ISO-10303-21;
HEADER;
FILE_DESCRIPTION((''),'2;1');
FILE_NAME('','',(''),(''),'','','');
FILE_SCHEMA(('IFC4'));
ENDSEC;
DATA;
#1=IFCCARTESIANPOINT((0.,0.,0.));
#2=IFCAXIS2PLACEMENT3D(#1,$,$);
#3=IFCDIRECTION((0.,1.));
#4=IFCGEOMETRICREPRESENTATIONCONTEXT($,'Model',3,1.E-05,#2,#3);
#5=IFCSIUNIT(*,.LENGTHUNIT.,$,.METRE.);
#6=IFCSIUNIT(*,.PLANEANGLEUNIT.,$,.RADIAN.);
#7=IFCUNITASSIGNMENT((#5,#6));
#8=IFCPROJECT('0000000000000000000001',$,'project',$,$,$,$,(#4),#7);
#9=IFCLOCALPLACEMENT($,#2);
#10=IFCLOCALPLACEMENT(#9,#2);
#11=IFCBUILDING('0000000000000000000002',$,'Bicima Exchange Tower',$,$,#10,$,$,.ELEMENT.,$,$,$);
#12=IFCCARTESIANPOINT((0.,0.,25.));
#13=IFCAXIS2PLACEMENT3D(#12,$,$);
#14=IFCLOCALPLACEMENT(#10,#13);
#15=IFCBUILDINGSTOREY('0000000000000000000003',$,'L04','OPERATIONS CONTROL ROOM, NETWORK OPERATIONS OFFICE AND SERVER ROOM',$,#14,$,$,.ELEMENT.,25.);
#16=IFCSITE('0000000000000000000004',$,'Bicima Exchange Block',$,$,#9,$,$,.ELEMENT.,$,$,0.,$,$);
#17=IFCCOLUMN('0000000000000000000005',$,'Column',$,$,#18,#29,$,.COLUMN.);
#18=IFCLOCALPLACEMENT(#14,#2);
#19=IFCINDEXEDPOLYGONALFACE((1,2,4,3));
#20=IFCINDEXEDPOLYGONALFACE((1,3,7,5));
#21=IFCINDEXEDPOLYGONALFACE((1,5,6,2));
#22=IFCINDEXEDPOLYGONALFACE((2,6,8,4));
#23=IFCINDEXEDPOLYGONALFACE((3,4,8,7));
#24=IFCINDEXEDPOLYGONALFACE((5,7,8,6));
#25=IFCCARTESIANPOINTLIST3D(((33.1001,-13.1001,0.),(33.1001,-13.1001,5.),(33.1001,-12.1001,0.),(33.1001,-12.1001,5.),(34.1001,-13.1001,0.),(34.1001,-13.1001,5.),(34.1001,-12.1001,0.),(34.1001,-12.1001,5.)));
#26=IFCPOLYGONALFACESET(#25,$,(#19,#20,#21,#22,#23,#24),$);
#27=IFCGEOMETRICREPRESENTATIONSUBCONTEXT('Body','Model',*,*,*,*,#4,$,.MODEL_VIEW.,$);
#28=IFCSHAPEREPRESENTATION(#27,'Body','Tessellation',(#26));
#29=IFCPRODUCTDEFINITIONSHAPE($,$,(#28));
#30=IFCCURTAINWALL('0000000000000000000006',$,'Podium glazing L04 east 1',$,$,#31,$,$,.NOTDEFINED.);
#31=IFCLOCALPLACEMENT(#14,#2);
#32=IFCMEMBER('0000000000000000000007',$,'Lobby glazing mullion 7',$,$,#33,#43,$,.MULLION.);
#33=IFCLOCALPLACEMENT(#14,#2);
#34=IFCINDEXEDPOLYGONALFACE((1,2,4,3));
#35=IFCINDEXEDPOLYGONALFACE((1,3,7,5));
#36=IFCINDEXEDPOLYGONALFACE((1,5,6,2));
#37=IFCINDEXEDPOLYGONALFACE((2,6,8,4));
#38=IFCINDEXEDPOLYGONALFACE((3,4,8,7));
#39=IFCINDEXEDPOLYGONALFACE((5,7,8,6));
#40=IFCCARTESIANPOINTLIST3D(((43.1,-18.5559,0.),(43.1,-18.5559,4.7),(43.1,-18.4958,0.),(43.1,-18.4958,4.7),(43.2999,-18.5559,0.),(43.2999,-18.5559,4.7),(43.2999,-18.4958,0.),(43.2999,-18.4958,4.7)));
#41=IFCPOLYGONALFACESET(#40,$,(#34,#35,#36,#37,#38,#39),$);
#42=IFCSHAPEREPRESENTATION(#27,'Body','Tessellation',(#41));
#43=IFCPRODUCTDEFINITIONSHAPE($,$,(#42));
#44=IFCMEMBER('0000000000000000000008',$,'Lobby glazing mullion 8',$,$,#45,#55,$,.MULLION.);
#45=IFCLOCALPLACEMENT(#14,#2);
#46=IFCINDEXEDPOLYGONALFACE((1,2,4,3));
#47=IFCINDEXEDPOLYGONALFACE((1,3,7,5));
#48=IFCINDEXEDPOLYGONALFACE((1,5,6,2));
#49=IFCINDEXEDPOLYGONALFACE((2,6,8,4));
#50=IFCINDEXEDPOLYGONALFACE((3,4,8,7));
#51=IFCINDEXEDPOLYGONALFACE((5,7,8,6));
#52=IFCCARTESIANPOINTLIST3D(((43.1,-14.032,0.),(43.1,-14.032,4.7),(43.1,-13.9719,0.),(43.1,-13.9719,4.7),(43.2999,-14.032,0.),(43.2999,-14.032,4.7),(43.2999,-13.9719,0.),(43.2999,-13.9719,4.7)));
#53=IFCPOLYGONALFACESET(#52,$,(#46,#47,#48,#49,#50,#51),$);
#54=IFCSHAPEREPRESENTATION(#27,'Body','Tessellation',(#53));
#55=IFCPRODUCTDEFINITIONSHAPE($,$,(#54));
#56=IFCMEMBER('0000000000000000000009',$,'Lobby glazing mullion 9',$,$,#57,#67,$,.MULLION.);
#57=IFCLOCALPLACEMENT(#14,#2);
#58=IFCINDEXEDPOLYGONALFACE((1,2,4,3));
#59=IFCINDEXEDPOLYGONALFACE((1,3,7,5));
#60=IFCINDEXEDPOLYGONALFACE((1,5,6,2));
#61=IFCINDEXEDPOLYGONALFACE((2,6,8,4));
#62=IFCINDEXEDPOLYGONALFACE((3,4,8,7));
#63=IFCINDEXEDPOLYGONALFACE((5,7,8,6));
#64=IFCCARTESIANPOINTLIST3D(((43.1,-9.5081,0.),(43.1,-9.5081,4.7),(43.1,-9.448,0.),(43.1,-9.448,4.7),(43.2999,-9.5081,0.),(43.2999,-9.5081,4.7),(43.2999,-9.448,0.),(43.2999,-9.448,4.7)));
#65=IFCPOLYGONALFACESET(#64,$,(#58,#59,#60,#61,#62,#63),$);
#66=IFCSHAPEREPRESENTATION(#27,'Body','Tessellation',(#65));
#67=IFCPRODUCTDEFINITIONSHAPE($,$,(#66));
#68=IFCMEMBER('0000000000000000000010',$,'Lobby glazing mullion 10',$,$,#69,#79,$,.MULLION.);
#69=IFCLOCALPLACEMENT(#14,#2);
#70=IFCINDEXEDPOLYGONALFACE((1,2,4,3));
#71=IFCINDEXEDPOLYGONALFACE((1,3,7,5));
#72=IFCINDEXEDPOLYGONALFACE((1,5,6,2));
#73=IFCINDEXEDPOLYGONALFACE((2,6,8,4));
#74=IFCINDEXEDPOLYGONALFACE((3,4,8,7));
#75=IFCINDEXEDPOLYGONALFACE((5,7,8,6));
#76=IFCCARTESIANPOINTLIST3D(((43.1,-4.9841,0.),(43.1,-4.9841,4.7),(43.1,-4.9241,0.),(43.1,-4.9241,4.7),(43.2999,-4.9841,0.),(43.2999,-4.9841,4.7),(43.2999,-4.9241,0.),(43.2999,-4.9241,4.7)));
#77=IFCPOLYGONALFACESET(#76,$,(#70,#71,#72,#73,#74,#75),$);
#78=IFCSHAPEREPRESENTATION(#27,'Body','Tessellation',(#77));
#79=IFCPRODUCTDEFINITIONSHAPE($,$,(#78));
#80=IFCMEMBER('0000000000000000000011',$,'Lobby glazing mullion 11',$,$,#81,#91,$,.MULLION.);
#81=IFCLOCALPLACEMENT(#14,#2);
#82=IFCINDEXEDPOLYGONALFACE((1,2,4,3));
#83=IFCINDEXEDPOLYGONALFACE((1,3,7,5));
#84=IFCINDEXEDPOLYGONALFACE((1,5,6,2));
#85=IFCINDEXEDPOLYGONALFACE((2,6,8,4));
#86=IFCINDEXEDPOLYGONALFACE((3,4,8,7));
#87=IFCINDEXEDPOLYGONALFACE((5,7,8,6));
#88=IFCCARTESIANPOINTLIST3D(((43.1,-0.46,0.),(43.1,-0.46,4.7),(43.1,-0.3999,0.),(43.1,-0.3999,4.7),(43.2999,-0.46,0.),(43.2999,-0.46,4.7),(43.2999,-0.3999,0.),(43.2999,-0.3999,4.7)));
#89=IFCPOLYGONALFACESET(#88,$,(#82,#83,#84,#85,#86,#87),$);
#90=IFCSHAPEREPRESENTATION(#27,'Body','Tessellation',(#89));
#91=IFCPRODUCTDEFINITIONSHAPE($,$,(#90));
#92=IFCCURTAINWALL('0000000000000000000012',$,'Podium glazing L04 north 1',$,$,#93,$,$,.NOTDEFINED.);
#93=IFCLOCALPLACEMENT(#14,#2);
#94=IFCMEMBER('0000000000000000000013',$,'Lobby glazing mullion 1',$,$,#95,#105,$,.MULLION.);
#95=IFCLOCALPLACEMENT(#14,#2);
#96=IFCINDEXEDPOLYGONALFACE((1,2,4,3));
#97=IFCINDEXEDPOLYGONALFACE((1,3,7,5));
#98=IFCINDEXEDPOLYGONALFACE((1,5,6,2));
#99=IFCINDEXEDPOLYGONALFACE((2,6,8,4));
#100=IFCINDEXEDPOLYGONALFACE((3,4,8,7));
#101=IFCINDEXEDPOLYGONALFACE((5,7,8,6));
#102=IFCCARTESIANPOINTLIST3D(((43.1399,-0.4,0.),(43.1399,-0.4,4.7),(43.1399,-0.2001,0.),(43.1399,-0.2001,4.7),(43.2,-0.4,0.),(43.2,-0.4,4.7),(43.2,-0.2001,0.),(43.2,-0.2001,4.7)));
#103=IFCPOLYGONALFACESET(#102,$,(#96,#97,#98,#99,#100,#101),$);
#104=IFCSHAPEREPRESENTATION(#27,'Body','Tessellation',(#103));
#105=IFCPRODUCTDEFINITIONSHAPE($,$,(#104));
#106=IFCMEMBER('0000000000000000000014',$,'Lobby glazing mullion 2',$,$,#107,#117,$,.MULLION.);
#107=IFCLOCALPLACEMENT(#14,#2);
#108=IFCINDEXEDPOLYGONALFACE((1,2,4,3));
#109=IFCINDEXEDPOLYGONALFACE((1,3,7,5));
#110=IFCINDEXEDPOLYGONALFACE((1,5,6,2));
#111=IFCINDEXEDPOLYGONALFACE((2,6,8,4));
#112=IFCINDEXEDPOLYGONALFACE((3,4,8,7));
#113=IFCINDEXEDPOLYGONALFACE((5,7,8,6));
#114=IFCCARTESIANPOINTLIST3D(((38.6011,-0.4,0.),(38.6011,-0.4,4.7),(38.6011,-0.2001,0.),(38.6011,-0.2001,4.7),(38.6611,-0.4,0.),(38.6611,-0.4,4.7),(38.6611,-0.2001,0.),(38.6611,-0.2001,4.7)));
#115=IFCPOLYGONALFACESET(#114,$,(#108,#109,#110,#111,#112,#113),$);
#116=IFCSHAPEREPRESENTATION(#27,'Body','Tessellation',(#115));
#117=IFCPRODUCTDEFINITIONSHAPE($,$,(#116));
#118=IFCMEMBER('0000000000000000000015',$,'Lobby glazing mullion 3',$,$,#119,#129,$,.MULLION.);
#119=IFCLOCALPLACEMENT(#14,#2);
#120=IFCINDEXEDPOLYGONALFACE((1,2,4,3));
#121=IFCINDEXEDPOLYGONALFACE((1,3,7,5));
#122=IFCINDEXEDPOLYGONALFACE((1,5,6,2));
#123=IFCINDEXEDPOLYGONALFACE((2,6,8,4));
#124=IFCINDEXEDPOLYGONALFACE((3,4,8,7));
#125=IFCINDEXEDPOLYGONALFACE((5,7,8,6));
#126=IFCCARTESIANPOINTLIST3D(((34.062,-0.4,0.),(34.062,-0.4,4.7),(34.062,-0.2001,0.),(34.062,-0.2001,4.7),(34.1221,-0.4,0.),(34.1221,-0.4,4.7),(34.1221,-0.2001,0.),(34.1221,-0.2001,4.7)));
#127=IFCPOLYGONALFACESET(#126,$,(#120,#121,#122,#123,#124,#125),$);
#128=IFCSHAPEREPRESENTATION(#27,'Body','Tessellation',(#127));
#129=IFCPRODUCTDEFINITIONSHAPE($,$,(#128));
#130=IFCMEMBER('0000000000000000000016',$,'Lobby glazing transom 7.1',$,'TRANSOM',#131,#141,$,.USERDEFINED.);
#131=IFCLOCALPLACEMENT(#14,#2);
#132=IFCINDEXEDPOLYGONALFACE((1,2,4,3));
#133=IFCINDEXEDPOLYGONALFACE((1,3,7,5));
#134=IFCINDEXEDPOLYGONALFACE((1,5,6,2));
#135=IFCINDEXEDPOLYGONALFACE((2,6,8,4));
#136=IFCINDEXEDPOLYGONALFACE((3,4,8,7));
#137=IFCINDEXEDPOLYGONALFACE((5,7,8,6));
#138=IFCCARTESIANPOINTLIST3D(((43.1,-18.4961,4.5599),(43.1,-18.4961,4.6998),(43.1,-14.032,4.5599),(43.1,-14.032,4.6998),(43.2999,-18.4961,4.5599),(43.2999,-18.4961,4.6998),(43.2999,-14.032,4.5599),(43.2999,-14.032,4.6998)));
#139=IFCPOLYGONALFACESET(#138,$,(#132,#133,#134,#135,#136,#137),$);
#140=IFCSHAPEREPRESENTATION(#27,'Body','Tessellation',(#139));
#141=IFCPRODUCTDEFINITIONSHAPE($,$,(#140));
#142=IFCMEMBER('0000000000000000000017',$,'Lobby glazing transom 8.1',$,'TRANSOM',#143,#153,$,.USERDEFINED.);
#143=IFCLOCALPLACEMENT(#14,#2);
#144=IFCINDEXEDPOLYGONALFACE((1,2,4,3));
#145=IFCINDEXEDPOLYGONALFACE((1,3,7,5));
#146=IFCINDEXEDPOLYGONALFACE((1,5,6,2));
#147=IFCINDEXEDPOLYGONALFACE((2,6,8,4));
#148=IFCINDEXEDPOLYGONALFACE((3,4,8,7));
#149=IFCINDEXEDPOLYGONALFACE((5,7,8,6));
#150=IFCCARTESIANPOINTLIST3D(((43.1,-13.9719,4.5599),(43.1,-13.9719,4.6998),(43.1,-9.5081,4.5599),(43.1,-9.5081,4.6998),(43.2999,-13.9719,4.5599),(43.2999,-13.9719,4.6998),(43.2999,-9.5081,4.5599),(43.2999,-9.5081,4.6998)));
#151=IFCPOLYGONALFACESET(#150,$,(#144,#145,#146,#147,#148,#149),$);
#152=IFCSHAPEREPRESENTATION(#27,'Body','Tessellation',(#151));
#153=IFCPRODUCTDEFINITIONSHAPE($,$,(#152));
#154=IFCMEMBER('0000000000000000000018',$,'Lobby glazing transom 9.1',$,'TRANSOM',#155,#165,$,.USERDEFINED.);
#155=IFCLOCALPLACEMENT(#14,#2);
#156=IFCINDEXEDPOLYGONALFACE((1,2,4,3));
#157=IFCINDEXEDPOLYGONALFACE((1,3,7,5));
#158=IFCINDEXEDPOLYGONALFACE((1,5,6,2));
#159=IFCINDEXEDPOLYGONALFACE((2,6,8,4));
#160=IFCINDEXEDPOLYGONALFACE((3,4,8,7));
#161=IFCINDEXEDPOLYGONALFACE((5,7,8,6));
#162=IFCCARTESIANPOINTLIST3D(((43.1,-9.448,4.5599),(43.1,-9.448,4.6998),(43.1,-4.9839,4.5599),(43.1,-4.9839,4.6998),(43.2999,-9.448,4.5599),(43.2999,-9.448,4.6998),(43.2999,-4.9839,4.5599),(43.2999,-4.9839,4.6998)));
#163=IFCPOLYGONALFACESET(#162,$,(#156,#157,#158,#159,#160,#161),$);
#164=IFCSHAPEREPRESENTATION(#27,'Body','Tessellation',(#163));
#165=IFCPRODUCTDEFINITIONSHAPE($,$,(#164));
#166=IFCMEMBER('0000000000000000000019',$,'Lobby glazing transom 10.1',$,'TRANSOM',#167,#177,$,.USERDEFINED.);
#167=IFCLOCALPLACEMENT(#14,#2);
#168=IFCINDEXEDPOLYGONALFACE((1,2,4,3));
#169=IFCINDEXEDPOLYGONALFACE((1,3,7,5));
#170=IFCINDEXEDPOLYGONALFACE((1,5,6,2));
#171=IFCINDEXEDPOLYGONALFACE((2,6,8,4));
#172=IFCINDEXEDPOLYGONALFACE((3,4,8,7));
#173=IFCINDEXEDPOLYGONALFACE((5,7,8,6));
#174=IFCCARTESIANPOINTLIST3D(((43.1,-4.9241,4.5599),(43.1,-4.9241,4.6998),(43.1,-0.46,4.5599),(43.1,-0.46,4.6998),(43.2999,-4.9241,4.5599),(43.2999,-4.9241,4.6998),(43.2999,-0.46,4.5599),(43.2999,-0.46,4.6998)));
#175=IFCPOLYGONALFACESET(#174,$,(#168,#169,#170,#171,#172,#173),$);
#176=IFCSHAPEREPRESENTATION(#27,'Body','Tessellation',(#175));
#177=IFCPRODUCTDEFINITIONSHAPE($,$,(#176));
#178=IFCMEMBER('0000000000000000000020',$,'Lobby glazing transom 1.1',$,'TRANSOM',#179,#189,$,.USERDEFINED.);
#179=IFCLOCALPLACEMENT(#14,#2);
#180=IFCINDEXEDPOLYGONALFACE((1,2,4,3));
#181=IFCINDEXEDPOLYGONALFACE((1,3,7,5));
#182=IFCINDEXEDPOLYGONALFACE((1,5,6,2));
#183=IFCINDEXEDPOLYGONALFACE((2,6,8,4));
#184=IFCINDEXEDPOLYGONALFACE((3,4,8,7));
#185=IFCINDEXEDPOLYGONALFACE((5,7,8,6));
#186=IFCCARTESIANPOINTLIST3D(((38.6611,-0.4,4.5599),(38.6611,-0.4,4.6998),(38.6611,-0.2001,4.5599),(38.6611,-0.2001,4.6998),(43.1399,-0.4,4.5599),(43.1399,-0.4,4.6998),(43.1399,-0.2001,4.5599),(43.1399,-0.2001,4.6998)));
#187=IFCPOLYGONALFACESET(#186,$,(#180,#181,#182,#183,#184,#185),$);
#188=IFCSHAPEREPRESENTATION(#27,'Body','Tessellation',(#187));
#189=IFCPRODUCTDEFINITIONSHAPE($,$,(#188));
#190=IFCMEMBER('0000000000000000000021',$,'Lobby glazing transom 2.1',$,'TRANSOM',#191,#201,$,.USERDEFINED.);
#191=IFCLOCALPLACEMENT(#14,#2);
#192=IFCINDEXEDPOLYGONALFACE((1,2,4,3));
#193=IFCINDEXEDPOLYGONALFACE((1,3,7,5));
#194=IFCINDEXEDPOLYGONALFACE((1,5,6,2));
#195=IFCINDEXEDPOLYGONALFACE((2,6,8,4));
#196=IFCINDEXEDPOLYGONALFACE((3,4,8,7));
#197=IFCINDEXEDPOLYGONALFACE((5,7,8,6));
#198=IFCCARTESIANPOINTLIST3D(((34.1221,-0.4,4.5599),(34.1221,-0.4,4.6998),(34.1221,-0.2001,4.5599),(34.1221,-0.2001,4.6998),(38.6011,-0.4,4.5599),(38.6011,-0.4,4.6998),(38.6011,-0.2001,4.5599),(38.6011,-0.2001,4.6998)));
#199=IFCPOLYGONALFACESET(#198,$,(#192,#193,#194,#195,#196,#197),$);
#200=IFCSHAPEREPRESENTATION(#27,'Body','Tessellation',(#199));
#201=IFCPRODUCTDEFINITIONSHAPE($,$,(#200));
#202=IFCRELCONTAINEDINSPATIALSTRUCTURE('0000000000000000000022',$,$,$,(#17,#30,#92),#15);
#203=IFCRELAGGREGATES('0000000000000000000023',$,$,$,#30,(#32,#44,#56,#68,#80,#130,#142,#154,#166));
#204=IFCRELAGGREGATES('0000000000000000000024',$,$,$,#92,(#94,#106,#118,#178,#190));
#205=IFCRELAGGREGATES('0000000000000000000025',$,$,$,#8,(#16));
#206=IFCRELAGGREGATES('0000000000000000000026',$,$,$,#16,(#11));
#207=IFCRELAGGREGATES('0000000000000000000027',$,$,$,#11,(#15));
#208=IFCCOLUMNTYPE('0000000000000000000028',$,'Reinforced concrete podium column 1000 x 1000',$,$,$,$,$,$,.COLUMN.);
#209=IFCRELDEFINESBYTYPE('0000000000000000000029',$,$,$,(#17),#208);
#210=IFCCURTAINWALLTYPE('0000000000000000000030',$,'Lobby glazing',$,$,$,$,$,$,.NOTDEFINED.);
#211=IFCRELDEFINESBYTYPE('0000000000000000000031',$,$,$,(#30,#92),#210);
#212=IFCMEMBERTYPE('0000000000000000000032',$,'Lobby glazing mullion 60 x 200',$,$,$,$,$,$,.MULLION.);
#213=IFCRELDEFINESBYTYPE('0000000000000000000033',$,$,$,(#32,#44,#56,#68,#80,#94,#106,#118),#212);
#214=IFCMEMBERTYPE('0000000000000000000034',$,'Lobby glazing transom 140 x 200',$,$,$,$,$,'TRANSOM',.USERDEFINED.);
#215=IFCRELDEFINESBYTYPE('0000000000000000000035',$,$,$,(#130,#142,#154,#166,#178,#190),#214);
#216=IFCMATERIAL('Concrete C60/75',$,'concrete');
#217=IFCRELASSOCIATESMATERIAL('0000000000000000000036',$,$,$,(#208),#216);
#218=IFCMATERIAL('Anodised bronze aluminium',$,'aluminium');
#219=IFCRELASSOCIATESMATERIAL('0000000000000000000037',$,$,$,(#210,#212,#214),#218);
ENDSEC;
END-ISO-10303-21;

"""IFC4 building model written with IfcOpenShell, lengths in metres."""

from ifc_helpers import new_model, si_unit, direction, frame, origin, origin_2d, place, context, subcontext, project, spatial, rectangle, extrude, material, material_profile, profile_set, type_object, element, aggregate, save


model = new_model("IFC4")

# Units and contexts
model_context = context("Model", 3, precision=1e-05, world=origin(), true_north=direction((0.0, 1.0)))
body_context = subcontext(model_context, "Body", "Model", "MODEL_VIEW")
ifc_project = project(units=[si_unit("LENGTHUNIT", "METRE"), si_unit("PLANEANGLEUNIT", "RADIAN")], contexts=[model_context])

# Site, building, storey
site_placement = place(None, origin())
site = spatial("IfcSite", under=ifc_project, at=site_placement, Name="Bicima Exchange Block", CompositionType="ELEMENT", RefElevation=0.0)
building_placement = place(site_placement, origin())
building = spatial("IfcBuilding", under=site, at=building_placement, Name="Bicima Exchange Tower", CompositionType="ELEMENT")
storey_placement = place(building_placement, frame((0.0, 0.0, 25.0)))
storey = spatial("IfcBuildingStorey", under=building, at=storey_placement, Name="L04", Description="OPERATIONS CONTROL ROOM, NETWORK OPERATIONS OFFICE AND SERVER ROOM", CompositionType="ELEMENT", Elevation=25.0)

# Column
ifc_material_1 = material(Name="Concrete C60/75", Category="concrete")
ifc_material_profile_1 = material_profile(ifc_material_1, rectangle(XDim=1.0, YDim=1.0, at=origin_2d()))
ifc_profile_set_1 = profile_set([ifc_material_profile_1], Name="Concrete C60/75")
column_type = type_object("IfcColumnType", Name="Reinforced concrete podium column 1000 x 1000", PredefinedType="COLUMN", material=ifc_profile_set_1)
column_placement = place(storey_placement, frame((33.6001, -12.6001, 0.0), z_axis=(0.0, 0.0, 1.0), x_axis=(1.0, 0.0, 0.0)))
element("IfcColumn", 1, at=column_placement, inside=storey, type_object=column_type, Name="Column", PredefinedType="COLUMN", context=body_context, shape_type="SweptSolid", body=[
    extrude(rectangle(XDim=1.0, YDim=1.0, at=origin_2d()), origin(), (0.0, 0.0, 1.0), 5.0),
])

# Curtain walls, members
ifc_material_2 = material(Name="Anodised bronze aluminium", Category="aluminium")
curtain_wall_type = type_object("IfcCurtainWallType", Name="Lobby glazing", PredefinedType="NOTDEFINED", material=ifc_material_2)
curtain_wall_1_placement = place(storey_placement, origin())
curtain_wall_1 = element("IfcCurtainWall", 2, at=curtain_wall_1_placement, inside=storey, type_object=curtain_wall_type, Name="Podium glazing L04 east 1", PredefinedType="NOTDEFINED")
ifc_material_profile_2 = material_profile(ifc_material_2, rectangle(XDim=0.2, YDim=0.0601, at=origin_2d()))
ifc_profile_set_2 = profile_set([ifc_material_profile_2], Name="Anodised bronze aluminium")
member_type_1 = type_object("IfcMemberType", Name="Lobby glazing mullion 60 x 200", PredefinedType="MULLION", material=ifc_profile_set_2)
member_1_placement = place(storey_placement, frame((43.2, -18.5259, 0.0), z_axis=(0.0, 0.0, 1.0), x_axis=(-1.0, 0.0, 0.0)))
member_1 = element("IfcMember", 3, at=member_1_placement, type_object=member_type_1, Name="Lobby glazing mullion 7", PredefinedType="MULLION", context=body_context, shape_type="SweptSolid", body=[
    extrude(rectangle(XDim=0.2, YDim=0.0601, at=origin_2d()), origin(), (0.0, 0.0, 1.0), 4.7),
])
member_2_placement = place(storey_placement, frame((43.2, -14.002, 0.0), z_axis=(0.0, 0.0, 1.0), x_axis=(-1.0, 0.0, 0.0)))
member_2 = element("IfcMember", 4, at=member_2_placement, type_object=member_type_1, Name="Lobby glazing mullion 8", PredefinedType="MULLION", context=body_context, shape_type="SweptSolid", body=[
    extrude(rectangle(XDim=0.2, YDim=0.0601, at=origin_2d()), origin(), (0.0, 0.0, 1.0), 4.7),
])
member_3_placement = place(storey_placement, frame((43.2, -9.478, 0.0), z_axis=(0.0, 0.0, 1.0), x_axis=(-1.0, 0.0, 0.0)))
member_3 = element("IfcMember", 5, at=member_3_placement, type_object=member_type_1, Name="Lobby glazing mullion 9", PredefinedType="MULLION", context=body_context, shape_type="SweptSolid", body=[
    extrude(rectangle(XDim=0.2, YDim=0.0601, at=origin_2d()), origin(), (0.0, 0.0, 1.0), 4.7),
])
member_4_placement = place(storey_placement, frame((43.2, -4.9541, 0.0), z_axis=(0.0, 0.0, 1.0), x_axis=(-1.0, 0.0, 0.0)))
member_4 = element("IfcMember", 6, at=member_4_placement, type_object=member_type_1, Name="Lobby glazing mullion 10", PredefinedType="MULLION", context=body_context, shape_type="SweptSolid", body=[
    extrude(rectangle(XDim=0.2, YDim=0.0601, at=origin_2d()), origin(), (0.0, 0.0, 1.0), 4.7),
])
member_5_placement = place(storey_placement, frame((43.2, -0.4299, 0.0), z_axis=(0.0, 0.0, 1.0), x_axis=(-1.0, 0.0, 0.0)))
member_5 = element("IfcMember", 7, at=member_5_placement, type_object=member_type_1, Name="Lobby glazing mullion 11", PredefinedType="MULLION", context=body_context, shape_type="SweptSolid", body=[
    extrude(rectangle(XDim=0.2, YDim=0.0601, at=origin_2d()), origin(), (0.0, 0.0, 1.0), 4.7),
])
curtain_wall_2_placement = place(storey_placement, origin())
curtain_wall_2 = element("IfcCurtainWall", 8, at=curtain_wall_2_placement, inside=storey, type_object=curtain_wall_type, Name="Podium glazing L04 north 1", PredefinedType="NOTDEFINED")
member_6_placement = place(storey_placement, frame((43.1699, -0.3, 0.0), z_axis=(0.0, 0.0, 1.0), x_axis=(0.0, -1.0, 0.0)))
member_6 = element("IfcMember", 9, at=member_6_placement, type_object=member_type_1, Name="Lobby glazing mullion 1", PredefinedType="MULLION", context=body_context, shape_type="SweptSolid", body=[
    extrude(rectangle(XDim=0.2, YDim=0.0601, at=origin_2d()), origin(), (0.0, 0.0, 1.0), 4.7),
])
member_7_placement = place(storey_placement, frame((38.6311, -0.3, 0.0), z_axis=(0.0, 0.0, 1.0), x_axis=(0.0, -1.0, 0.0)))
member_7 = element("IfcMember", 10, at=member_7_placement, type_object=member_type_1, Name="Lobby glazing mullion 2", PredefinedType="MULLION", context=body_context, shape_type="SweptSolid", body=[
    extrude(rectangle(XDim=0.2, YDim=0.0601, at=origin_2d()), origin(), (0.0, 0.0, 1.0), 4.7),
])
member_8_placement = place(storey_placement, frame((34.092, -0.3, 0.0), z_axis=(0.0, 0.0, 1.0), x_axis=(0.0, -1.0, 0.0)))
member_8 = element("IfcMember", 11, at=member_8_placement, type_object=member_type_1, Name="Lobby glazing mullion 3", PredefinedType="MULLION", context=body_context, shape_type="SweptSolid", body=[
    extrude(rectangle(XDim=0.2, YDim=0.0601, at=origin_2d()), origin(), (0.0, 0.0, 1.0), 4.7),
])

# Members
ifc_material_profile_3 = material_profile(ifc_material_2, rectangle(XDim=0.2, YDim=0.1399, at=origin_2d()))
ifc_profile_set_3 = profile_set([ifc_material_profile_3], Name="Anodised bronze aluminium")
member_type_2 = type_object("IfcMemberType", Name="Lobby glazing transom 140 x 200", ElementType="TRANSOM", PredefinedType="USERDEFINED", material=ifc_profile_set_3)
member_9_placement = place(storey_placement, frame((43.2, -18.4961, 4.6299), z_axis=(0.0, 1.0, 0.0), x_axis=(-1.0, 0.0, 0.0)))
member_9 = element("IfcMember", 12, at=member_9_placement, type_object=member_type_2, Name="Lobby glazing transom 7.1", ObjectType="TRANSOM", PredefinedType="USERDEFINED", context=body_context, shape_type="SweptSolid", body=[
    extrude(rectangle(XDim=0.2, YDim=0.1399, at=origin_2d()), origin(), (0.0, 0.0, 1.0), 4.4641),
])
member_10_placement = place(storey_placement, frame((43.2, -13.9719, 4.6299), z_axis=(0.0, 1.0, 0.0), x_axis=(-1.0, 0.0, 0.0)))
member_10 = element("IfcMember", 13, at=member_10_placement, type_object=member_type_2, Name="Lobby glazing transom 8.1", ObjectType="TRANSOM", PredefinedType="USERDEFINED", context=body_context, shape_type="SweptSolid", body=[
    extrude(rectangle(XDim=0.2, YDim=0.1399, at=origin_2d()), origin(), (0.0, 0.0, 1.0), 4.4639),
])
member_11_placement = place(storey_placement, frame((43.2, -9.448, 4.6299), z_axis=(0.0, 1.0, 0.0), x_axis=(-1.0, 0.0, 0.0)))
member_11 = element("IfcMember", 14, at=member_11_placement, type_object=member_type_2, Name="Lobby glazing transom 9.1", ObjectType="TRANSOM", PredefinedType="USERDEFINED", context=body_context, shape_type="SweptSolid", body=[
    extrude(rectangle(XDim=0.2, YDim=0.1399, at=origin_2d()), origin(), (0.0, 0.0, 1.0), 4.4641),
])
member_12_placement = place(storey_placement, frame((43.2, -4.9241, 4.6299), z_axis=(0.0, 1.0, 0.0), x_axis=(-1.0, 0.0, 0.0)))
member_12 = element("IfcMember", 15, at=member_12_placement, type_object=member_type_2, Name="Lobby glazing transom 10.1", ObjectType="TRANSOM", PredefinedType="USERDEFINED", context=body_context, shape_type="SweptSolid", body=[
    extrude(rectangle(XDim=0.2, YDim=0.1399, at=origin_2d()), origin(), (0.0, 0.0, 1.0), 4.4641),
])
member_13_placement = place(storey_placement, frame((43.1399, -0.3, 4.6299), z_axis=(-1.0, 0.0, 0.0), x_axis=(0.0, -1.0, 0.0)))
member_13 = element("IfcMember", 16, at=member_13_placement, type_object=member_type_2, Name="Lobby glazing transom 1.1", ObjectType="TRANSOM", PredefinedType="USERDEFINED", context=body_context, shape_type="SweptSolid", body=[
    extrude(rectangle(XDim=0.2, YDim=0.1399, at=origin_2d()), origin(), (0.0, 0.0, 1.0), 4.4788),
])
member_14_placement = place(storey_placement, frame((38.6011, -0.3, 4.6299), z_axis=(-1.0, 0.0, 0.0), x_axis=(0.0, -1.0, 0.0)))
member_14 = element("IfcMember", 17, at=member_14_placement, type_object=member_type_2, Name="Lobby glazing transom 2.1", ObjectType="TRANSOM", PredefinedType="USERDEFINED", context=body_context, shape_type="SweptSolid", body=[
    extrude(rectangle(XDim=0.2, YDim=0.1399, at=origin_2d()), origin(), (0.0, 0.0, 1.0), 4.479),
])

aggregate(curtain_wall_1, [member_1, member_2, member_3, member_4, member_5, member_9, member_10, member_11, member_12])
aggregate(curtain_wall_2, [member_6, member_7, member_8, member_13, member_14])

save(model, "model.ifc")
